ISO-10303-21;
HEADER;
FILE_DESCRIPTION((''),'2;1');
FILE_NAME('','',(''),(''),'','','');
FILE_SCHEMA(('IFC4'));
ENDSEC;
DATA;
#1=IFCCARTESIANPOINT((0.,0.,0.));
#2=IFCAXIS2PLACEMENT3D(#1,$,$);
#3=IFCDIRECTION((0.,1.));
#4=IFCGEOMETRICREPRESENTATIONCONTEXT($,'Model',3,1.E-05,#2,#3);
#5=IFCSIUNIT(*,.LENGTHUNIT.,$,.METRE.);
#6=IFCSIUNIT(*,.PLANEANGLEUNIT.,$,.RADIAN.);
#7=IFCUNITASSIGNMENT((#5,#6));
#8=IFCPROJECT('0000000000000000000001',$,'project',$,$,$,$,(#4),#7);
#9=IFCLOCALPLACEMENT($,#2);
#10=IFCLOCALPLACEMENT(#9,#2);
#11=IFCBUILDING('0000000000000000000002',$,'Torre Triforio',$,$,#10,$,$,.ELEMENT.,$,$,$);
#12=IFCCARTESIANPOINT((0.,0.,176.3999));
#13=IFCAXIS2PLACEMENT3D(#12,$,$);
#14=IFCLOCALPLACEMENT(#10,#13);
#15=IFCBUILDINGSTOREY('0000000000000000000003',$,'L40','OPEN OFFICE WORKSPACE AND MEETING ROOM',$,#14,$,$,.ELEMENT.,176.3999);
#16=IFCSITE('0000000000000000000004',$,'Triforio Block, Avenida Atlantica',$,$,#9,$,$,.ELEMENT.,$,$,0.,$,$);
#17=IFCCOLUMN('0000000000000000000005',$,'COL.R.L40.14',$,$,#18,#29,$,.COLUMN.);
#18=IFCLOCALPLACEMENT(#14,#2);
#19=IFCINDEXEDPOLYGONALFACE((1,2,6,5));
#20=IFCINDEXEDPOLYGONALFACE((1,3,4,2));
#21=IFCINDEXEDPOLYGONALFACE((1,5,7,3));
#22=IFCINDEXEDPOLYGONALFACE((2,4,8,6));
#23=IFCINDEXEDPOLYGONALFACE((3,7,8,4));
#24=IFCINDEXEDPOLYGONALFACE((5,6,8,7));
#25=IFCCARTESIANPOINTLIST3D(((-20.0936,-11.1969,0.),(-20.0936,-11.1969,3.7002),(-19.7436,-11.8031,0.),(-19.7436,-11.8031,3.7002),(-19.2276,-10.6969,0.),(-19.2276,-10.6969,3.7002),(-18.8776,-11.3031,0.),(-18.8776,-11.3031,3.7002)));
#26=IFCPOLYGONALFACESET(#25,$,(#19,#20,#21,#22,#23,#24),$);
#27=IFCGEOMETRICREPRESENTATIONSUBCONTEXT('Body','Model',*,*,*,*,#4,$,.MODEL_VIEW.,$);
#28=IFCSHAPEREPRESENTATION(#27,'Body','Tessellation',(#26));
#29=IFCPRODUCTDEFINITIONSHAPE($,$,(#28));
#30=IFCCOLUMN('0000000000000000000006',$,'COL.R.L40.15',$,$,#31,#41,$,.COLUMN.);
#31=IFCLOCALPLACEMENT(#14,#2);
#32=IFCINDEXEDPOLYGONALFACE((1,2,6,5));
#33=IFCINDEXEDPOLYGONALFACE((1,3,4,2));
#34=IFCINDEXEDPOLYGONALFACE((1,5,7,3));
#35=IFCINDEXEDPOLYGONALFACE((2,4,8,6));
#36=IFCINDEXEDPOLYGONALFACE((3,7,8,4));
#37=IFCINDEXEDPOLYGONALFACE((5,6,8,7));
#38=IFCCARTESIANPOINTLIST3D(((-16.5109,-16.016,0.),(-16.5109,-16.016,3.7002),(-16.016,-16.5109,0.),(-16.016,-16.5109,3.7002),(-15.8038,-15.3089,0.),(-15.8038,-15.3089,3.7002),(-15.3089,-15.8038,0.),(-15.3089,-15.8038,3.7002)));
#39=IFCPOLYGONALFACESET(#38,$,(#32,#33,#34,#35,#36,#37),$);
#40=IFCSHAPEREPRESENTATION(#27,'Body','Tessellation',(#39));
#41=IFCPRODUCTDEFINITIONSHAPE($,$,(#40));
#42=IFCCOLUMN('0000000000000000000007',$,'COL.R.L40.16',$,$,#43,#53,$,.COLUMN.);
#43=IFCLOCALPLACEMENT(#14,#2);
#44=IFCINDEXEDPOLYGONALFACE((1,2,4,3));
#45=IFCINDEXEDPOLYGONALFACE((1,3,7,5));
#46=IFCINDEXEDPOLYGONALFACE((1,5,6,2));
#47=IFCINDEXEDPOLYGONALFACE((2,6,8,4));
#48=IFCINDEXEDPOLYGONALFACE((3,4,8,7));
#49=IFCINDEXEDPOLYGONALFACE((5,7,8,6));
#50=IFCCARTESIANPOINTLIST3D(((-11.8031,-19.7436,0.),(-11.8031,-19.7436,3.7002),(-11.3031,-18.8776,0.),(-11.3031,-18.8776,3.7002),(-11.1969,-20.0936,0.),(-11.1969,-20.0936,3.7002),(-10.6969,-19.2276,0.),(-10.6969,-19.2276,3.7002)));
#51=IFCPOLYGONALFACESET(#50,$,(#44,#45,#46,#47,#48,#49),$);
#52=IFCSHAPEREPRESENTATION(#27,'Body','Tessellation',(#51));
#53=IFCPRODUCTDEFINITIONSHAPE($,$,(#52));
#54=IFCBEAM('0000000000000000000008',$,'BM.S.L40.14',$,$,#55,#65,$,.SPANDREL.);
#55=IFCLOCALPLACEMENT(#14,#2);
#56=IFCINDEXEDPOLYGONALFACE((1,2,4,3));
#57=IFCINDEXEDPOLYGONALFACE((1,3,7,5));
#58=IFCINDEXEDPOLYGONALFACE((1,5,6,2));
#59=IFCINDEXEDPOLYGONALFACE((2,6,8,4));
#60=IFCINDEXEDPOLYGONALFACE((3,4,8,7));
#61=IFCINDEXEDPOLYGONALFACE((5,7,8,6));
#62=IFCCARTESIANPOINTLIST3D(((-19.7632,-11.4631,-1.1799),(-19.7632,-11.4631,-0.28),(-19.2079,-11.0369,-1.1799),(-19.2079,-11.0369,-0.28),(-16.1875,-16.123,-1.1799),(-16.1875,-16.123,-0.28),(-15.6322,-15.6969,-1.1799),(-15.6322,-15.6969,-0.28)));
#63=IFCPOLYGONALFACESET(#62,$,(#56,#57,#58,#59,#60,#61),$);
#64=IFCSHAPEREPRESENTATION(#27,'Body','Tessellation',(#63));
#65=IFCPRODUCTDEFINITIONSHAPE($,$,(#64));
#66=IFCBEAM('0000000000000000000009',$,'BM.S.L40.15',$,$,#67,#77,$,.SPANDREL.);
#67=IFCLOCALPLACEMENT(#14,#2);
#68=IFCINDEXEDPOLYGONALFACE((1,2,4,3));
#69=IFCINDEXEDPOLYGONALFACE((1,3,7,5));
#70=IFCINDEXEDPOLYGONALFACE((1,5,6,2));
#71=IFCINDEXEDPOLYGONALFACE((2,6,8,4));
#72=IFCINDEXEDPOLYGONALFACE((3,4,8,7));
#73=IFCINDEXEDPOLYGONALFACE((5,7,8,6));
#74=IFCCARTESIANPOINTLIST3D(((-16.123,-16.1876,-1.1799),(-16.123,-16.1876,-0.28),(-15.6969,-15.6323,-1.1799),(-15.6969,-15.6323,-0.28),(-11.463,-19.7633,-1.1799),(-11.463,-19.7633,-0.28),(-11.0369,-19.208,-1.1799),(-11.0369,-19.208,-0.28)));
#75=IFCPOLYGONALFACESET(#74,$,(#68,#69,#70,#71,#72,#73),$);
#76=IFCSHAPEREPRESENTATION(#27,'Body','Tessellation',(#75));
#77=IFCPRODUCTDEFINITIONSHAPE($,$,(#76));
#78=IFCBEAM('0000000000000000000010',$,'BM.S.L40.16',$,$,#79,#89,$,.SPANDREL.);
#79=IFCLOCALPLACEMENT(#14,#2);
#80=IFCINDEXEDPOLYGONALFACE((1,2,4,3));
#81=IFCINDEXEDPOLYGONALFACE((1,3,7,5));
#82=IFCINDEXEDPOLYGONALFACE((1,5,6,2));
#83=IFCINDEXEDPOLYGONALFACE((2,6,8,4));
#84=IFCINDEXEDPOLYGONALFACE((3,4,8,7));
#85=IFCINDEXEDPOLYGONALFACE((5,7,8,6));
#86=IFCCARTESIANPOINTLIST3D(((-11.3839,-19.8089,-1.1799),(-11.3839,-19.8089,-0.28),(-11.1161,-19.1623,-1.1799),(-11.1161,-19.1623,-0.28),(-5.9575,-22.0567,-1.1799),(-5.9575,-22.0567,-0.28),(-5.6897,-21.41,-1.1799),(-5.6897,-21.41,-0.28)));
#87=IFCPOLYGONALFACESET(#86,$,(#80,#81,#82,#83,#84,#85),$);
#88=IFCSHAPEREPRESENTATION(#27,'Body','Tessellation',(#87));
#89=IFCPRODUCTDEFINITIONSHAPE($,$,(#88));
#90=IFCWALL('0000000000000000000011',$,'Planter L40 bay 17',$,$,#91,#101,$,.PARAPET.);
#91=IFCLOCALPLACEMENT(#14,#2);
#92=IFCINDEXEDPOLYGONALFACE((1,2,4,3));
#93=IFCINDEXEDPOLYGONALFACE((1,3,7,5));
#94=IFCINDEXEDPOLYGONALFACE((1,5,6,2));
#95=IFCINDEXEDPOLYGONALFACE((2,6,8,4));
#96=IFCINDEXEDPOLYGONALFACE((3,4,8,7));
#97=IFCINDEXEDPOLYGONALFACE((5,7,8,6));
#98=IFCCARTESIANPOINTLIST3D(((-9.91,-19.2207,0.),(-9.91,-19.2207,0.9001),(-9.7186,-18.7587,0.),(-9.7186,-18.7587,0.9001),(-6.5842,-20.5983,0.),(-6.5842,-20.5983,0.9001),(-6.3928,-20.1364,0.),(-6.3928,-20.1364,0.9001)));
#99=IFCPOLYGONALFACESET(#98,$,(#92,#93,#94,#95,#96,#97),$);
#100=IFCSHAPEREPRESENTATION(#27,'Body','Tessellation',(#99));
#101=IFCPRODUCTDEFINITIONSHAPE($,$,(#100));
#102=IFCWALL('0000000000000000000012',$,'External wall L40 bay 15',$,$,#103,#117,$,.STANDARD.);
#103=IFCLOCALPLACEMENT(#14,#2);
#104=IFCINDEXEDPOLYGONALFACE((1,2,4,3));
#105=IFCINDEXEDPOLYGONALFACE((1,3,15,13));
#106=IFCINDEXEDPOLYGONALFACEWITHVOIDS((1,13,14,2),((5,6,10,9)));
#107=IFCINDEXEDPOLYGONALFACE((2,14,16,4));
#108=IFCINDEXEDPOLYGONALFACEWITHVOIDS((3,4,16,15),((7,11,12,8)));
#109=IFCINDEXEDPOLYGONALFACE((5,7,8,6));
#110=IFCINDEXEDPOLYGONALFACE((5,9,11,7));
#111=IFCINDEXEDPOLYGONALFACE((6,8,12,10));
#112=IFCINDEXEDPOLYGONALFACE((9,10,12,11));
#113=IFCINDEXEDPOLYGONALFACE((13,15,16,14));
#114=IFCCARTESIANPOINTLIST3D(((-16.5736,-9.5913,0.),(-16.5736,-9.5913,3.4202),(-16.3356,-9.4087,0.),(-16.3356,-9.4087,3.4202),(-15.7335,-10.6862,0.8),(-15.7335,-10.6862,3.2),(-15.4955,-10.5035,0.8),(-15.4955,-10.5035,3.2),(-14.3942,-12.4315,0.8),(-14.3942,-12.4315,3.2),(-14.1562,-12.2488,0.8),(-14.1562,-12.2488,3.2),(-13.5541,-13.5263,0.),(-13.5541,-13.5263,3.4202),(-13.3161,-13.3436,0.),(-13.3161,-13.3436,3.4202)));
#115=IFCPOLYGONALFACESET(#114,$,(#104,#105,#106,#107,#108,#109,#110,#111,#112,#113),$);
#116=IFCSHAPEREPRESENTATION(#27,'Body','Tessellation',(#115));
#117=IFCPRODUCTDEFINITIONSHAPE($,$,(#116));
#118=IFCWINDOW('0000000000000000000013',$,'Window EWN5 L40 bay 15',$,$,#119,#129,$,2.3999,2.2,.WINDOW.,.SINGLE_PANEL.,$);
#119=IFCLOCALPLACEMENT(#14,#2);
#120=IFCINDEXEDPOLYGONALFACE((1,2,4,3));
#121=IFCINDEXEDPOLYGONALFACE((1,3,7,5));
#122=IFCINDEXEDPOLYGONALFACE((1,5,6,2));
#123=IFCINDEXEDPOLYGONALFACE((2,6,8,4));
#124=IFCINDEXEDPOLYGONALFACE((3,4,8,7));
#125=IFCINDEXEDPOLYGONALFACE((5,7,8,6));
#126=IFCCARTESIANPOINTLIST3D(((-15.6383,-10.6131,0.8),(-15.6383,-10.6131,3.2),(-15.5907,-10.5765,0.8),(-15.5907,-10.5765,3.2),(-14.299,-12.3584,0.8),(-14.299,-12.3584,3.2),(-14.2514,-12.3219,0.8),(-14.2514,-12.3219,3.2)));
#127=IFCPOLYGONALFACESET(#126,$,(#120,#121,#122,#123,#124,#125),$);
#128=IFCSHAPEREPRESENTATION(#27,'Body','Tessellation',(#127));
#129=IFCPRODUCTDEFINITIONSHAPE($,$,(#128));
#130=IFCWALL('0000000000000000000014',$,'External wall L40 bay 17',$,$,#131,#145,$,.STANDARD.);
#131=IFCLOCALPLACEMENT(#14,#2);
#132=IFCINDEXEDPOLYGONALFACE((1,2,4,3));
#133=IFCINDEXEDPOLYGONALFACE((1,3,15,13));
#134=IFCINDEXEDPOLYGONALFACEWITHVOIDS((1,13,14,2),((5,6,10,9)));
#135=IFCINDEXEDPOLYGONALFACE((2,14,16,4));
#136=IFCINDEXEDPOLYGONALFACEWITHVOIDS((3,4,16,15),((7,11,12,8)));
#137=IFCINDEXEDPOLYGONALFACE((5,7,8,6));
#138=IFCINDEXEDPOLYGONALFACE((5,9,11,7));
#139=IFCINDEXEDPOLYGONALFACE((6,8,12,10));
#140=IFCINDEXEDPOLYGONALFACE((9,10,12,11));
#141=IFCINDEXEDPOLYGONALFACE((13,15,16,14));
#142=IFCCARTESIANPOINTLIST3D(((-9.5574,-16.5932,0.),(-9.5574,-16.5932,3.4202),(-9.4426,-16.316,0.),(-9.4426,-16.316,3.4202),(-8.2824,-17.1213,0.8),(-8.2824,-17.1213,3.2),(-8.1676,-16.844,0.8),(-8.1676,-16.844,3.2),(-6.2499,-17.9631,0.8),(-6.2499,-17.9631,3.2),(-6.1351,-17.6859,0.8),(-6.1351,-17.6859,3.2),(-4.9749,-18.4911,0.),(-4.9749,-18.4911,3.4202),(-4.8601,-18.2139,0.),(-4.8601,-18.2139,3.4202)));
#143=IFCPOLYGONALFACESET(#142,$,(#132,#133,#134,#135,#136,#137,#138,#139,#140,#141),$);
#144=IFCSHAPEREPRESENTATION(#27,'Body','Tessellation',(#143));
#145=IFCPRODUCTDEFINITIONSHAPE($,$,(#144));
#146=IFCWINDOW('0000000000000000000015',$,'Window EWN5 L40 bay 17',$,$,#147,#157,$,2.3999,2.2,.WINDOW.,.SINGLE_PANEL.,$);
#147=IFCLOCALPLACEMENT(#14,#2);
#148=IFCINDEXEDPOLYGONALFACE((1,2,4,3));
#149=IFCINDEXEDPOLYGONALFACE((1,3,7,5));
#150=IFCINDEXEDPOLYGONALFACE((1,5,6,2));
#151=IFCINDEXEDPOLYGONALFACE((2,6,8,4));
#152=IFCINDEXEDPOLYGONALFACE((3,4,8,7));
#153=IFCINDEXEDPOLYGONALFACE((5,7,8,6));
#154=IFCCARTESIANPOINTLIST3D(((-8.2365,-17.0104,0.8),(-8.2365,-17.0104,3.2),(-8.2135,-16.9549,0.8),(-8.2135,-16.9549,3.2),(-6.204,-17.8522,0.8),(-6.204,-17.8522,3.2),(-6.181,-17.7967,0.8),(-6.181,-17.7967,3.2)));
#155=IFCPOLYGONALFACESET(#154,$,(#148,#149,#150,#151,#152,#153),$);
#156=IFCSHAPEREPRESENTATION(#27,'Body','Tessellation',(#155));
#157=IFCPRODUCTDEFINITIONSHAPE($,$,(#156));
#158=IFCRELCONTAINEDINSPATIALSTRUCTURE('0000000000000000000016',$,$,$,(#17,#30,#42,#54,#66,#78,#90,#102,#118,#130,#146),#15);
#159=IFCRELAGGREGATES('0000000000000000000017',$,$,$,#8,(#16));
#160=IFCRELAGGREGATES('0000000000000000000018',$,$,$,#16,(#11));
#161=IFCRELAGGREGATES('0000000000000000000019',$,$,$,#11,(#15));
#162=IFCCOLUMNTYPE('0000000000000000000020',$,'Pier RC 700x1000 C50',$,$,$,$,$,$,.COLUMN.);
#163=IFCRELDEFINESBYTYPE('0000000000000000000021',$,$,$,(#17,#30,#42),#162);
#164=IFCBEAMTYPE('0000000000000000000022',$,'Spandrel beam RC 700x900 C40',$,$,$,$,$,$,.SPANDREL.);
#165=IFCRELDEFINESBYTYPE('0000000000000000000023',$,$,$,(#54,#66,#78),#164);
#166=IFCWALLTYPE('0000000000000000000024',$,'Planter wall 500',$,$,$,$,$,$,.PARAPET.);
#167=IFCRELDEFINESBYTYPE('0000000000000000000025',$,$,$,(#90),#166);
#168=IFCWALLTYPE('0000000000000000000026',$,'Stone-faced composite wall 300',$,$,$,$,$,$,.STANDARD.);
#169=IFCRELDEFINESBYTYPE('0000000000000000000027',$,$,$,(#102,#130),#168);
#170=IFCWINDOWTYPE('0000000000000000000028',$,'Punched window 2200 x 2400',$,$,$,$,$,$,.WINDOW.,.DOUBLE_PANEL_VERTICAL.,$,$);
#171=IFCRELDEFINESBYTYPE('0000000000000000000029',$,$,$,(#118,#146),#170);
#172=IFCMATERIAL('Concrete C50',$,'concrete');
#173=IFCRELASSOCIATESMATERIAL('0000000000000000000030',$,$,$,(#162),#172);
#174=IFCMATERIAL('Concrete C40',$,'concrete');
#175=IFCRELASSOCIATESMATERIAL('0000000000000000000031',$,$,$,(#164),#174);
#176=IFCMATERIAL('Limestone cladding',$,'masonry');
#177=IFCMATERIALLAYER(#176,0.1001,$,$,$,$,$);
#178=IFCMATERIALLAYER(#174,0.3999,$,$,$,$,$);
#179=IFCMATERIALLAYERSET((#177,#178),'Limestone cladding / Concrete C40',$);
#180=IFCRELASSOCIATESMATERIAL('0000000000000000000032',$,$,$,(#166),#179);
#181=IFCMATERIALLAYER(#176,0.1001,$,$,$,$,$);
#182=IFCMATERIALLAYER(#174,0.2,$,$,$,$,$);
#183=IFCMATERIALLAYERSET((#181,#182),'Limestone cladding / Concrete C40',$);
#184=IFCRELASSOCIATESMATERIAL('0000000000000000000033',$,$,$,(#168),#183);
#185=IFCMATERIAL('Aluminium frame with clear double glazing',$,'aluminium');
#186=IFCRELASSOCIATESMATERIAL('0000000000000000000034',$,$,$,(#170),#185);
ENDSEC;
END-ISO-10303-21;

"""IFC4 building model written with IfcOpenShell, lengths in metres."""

from ifc_helpers import new_model, si_unit, direction, frame, frame_2d, origin, origin_2d, place, context, subcontext, project, spatial, rectangle, extrude, material, layer, layer_set, material_profile, profile_set, type_object, element, fill, save


model = new_model("IFC4")

# Units and contexts
model_context = context("Model", 3, precision=1e-05, world=origin(), true_north=direction((0.0, 1.0)))
body_context = subcontext(model_context, "Body", "Model", "MODEL_VIEW")
ifc_project = project(units=[si_unit("LENGTHUNIT", "METRE"), si_unit("PLANEANGLEUNIT", "RADIAN")], contexts=[model_context])

# Site, building, storey
site_placement = place(None, origin())
site = spatial("IfcSite", under=ifc_project, at=site_placement, Name="Triforio Block, Avenida Atlantica", CompositionType="ELEMENT", RefElevation=0.0)
building_placement = place(site_placement, origin())
building = spatial("IfcBuilding", under=site, at=building_placement, Name="Torre Triforio", CompositionType="ELEMENT")
storey_placement = place(building_placement, frame((0.0, 0.0, 176.3999)))
storey = spatial("IfcBuildingStorey", under=building, at=storey_placement, Name="L40", Description="OPEN OFFICE WORKSPACE AND MEETING ROOM", CompositionType="ELEMENT", Elevation=176.3999)

# Columns
ifc_material_1 = material(Name="Concrete C50", Category="concrete")
ifc_material_profile_1 = material_profile(ifc_material_1, rectangle(XDim=0.7, YDim=1.0, at=origin_2d()), Name="RC 700x1000")
ifc_profile_set_1 = profile_set([ifc_material_profile_1], Name="Concrete C50")
column_type = type_object("IfcColumnType", Name="Pier RC 700x1000 C50", PredefinedType="COLUMN", material=ifc_profile_set_1)
for number, where, z_axis, x_axis, name in (
    (1, (-19.4856, -11.25, 0.0), (0.0, 0.0, 1.0), (0.5, -0.866025, 0.0), "COL.R.L40.14"),
    (2, (-15.9099, -15.9099, 0.0), (0.0, 0.0, 1.0), (0.707107, -0.707107, 0.0), "COL.R.L40.15"),
    (3, (-11.25, -19.4856, 0.0), (0.0, 0.0, 1.0), (0.866025, -0.5, 0.0), "COL.R.L40.16"),
):
    element("IfcColumn", number, at=place(storey_placement, frame(where, z_axis=z_axis, x_axis=x_axis)), inside=storey, type_object=column_type, Name=name, PredefinedType="COLUMN", context=body_context, shape_type="SweptSolid", body=[
        extrude(rectangle(XDim=0.7, YDim=1.0, at=origin_2d()), origin(), (0.0, 0.0, 1.0), 3.7002),
    ])

# Beams
ifc_material_2 = material(Name="Concrete C40", Category="concrete")
ifc_material_profile_2 = material_profile(ifc_material_2, rectangle(XDim=0.7, YDim=0.8999, at=origin_2d()), Name="RC 700x900")
ifc_profile_set_2 = profile_set([ifc_material_profile_2], Name="Concrete C40")
beam_type = type_object("IfcBeamType", Name="Spandrel beam RC 700x900 C40", PredefinedType="SPANDREL", material=ifc_profile_set_2)
for number, where, z_axis, x_axis, name in (
    (4, (-19.4856, -11.25, -0.73), (0.608762, -0.793353, 0.0), (0.793353, 0.608762, 0.0), "BM.S.L40.14"),
    (5, (-15.9099, -15.9099, -0.73), (0.793353, -0.608762, 0.0), (0.608762, 0.793353, 0.0), "BM.S.L40.15"),
):
    element("IfcBeam", number, at=place(storey_placement, frame(where, z_axis=z_axis, x_axis=x_axis)), inside=storey, type_object=beam_type, Name=name, PredefinedType="SPANDREL", context=body_context, shape_type="SweptSolid", body=[
        extrude(rectangle(XDim=0.7, YDim=0.8999, at=origin_2d()), origin(), (0.0, 0.0, 1.0), 5.8738),
    ])
beam_placement = place(storey_placement, frame((-11.25, -19.4856, -0.73), z_axis=(0.923875, -0.382693, 0.0), x_axis=(0.382693, 0.923875, 0.0)))
element("IfcBeam", 6, at=beam_placement, inside=storey, type_object=beam_type, Name="BM.S.L40.16", PredefinedType="SPANDREL", context=body_context, shape_type="SweptSolid", body=[
    extrude(rectangle(XDim=0.7, YDim=0.8999, at=origin_2d()), origin(), (0.0, 0.0, 1.0), 5.8735),
])

# Wall
ifc_material_3 = material(Name="Limestone cladding", Category="masonry")
ifc_layer_1 = layer(ifc_material_3, 0.1001)
ifc_layer_2 = layer(ifc_material_2, 0.3999)
ifc_layer_set_1 = layer_set([ifc_layer_1, ifc_layer_2], Name="Limestone cladding / Concrete C40")
wall_type_1 = type_object("IfcWallType", Name="Planter wall 500", PredefinedType="PARAPET", material=ifc_layer_set_1)
wall_1_placement = place(storey_placement, frame((-9.8142, -18.9897, 0.0), z_axis=(0.0, 0.0, 1.0), x_axis=(0.923875, -0.382693, 0.0)))
element("IfcWall", 7, at=wall_1_placement, inside=storey, type_object=wall_type_1, Name="Planter L40 bay 17", PredefinedType="PARAPET", context=body_context, shape_type="SweptSolid", body=[
    extrude(rectangle(XDim=3.5999, YDim=0.5, at=frame_2d((1.7998, 0.0))), origin(), (0.0, 0.0, 1.0), 0.9001),
])

# Wall, opening, window
ifc_layer_3 = layer(ifc_material_3, 0.1001)
ifc_layer_4 = layer(ifc_material_2, 0.2)
ifc_layer_set_2 = layer_set([ifc_layer_3, ifc_layer_4], Name="Limestone cladding / Concrete C40")
wall_type_2 = type_object("IfcWallType", Name="Stone-faced composite wall 300", PredefinedType="STANDARD", material=ifc_layer_set_2)
wall_2_placement = place(storey_placement, frame((-16.4546, -9.5, 0.0), z_axis=(0.0, 0.0, 1.0), x_axis=(0.608768, -0.793348, 0.0)))
wall_2 = element("IfcWall", 8, at=wall_2_placement, inside=storey, type_object=wall_type_2, Name="External wall L40 bay 15", PredefinedType="STANDARD", context=body_context, shape_type="SweptSolid", body=[
    extrude(rectangle(XDim=4.96, YDim=0.3, at=frame_2d((2.48, 0.0))), origin(), (0.0, 0.0, 1.0), 3.4202),
])
opening_1_placement = place(wall_2_placement, frame((1.3799, 0.0, 0.8)))
opening_1 = element("IfcOpeningElement", 9, at=opening_1_placement, cuts=wall_2, PredefinedType="OPENING", context=body_context, shape_type="SweptSolid", body=[
    extrude(rectangle(XDim=2.2, YDim=2.3999, at=frame_2d((1.1001, 1.2))), frame((0.0, 0.1599, 0.0), z_axis=(0.0, -1.0, 0.0), x_axis=(1.0, 0.0, 0.0)), (0.0, 0.0, 1.0), 0.3201),
])
ifc_material_4 = material(Name="Aluminium frame with clear double glazing", Category="aluminium")
window_type_1 = type_object("IfcWindowType", Name="Punched window 2200 x 2400", PartitioningType="DOUBLE_PANEL_VERTICAL", PredefinedType="WINDOW", material=ifc_material_4)
window_1_placement = place(opening_1_placement, origin())
window_1 = element("IfcWindow", 10, at=window_1_placement, inside=storey, type_object=window_type_1, Name="Window EWN5 L40 bay 15", OverallHeight=2.3999, OverallWidth=2.2, PartitioningType="SINGLE_PANEL", PredefinedType="WINDOW", context=body_context, shape_type="SweptSolid", body=[
    extrude(rectangle(XDim=2.2, YDim=2.3999, at=frame_2d((1.1001, 1.2))), frame((0.0, 0.03, 0.0), z_axis=(0.0, -1.0, 0.0), x_axis=(1.0, 0.0, 0.0)), (0.0, 0.0, 1.0), 0.0601),
])
fill(opening_1, window_1)

# Wall, opening, window
wall_3_placement = place(storey_placement, frame((-9.5, -16.4546, 0.0), z_axis=(0.0, 0.0, 1.0), x_axis=(0.923893, -0.38265, 0.0)))
wall_3 = element("IfcWall", 11, at=wall_3_placement, inside=storey, type_object=wall_type_2, Name="External wall L40 bay 17", PredefinedType="STANDARD", context=body_context, shape_type="SweptSolid", body=[
    extrude(rectangle(XDim=4.96, YDim=0.3, at=frame_2d((2.48, 0.0))), origin(), (0.0, 0.0, 1.0), 3.4202),
])
opening_2_placement = place(wall_3_placement, frame((1.3799, 0.0, 0.8)))
opening_2 = element("IfcOpeningElement", 12, at=opening_2_placement, cuts=wall_3, PredefinedType="OPENING", context=body_context, shape_type="SweptSolid", body=[
    extrude(rectangle(XDim=2.2, YDim=2.3999, at=frame_2d((1.1001, 1.2))), frame((0.0, 0.1599, 0.0), z_axis=(0.0, -1.0, 0.0), x_axis=(1.0, 0.0, 0.0)), (0.0, 0.0, 1.0), 0.3201),
])
window_2_placement = place(opening_2_placement, origin())
window_2 = element("IfcWindow", 13, at=window_2_placement, inside=storey, type_object=window_type_1, Name="Window EWN5 L40 bay 17", OverallHeight=2.3999, OverallWidth=2.2, PartitioningType="SINGLE_PANEL", PredefinedType="WINDOW", context=body_context, shape_type="SweptSolid", body=[
    extrude(rectangle(XDim=2.2, YDim=2.3999, at=frame_2d((1.1001, 1.2))), frame((0.0, 0.03, 0.0), z_axis=(0.0, -1.0, 0.0), x_axis=(1.0, 0.0, 0.0)), (0.0, 0.0, 1.0), 0.0601),
])
fill(opening_2, window_2)

save(model, "model.ifc")
